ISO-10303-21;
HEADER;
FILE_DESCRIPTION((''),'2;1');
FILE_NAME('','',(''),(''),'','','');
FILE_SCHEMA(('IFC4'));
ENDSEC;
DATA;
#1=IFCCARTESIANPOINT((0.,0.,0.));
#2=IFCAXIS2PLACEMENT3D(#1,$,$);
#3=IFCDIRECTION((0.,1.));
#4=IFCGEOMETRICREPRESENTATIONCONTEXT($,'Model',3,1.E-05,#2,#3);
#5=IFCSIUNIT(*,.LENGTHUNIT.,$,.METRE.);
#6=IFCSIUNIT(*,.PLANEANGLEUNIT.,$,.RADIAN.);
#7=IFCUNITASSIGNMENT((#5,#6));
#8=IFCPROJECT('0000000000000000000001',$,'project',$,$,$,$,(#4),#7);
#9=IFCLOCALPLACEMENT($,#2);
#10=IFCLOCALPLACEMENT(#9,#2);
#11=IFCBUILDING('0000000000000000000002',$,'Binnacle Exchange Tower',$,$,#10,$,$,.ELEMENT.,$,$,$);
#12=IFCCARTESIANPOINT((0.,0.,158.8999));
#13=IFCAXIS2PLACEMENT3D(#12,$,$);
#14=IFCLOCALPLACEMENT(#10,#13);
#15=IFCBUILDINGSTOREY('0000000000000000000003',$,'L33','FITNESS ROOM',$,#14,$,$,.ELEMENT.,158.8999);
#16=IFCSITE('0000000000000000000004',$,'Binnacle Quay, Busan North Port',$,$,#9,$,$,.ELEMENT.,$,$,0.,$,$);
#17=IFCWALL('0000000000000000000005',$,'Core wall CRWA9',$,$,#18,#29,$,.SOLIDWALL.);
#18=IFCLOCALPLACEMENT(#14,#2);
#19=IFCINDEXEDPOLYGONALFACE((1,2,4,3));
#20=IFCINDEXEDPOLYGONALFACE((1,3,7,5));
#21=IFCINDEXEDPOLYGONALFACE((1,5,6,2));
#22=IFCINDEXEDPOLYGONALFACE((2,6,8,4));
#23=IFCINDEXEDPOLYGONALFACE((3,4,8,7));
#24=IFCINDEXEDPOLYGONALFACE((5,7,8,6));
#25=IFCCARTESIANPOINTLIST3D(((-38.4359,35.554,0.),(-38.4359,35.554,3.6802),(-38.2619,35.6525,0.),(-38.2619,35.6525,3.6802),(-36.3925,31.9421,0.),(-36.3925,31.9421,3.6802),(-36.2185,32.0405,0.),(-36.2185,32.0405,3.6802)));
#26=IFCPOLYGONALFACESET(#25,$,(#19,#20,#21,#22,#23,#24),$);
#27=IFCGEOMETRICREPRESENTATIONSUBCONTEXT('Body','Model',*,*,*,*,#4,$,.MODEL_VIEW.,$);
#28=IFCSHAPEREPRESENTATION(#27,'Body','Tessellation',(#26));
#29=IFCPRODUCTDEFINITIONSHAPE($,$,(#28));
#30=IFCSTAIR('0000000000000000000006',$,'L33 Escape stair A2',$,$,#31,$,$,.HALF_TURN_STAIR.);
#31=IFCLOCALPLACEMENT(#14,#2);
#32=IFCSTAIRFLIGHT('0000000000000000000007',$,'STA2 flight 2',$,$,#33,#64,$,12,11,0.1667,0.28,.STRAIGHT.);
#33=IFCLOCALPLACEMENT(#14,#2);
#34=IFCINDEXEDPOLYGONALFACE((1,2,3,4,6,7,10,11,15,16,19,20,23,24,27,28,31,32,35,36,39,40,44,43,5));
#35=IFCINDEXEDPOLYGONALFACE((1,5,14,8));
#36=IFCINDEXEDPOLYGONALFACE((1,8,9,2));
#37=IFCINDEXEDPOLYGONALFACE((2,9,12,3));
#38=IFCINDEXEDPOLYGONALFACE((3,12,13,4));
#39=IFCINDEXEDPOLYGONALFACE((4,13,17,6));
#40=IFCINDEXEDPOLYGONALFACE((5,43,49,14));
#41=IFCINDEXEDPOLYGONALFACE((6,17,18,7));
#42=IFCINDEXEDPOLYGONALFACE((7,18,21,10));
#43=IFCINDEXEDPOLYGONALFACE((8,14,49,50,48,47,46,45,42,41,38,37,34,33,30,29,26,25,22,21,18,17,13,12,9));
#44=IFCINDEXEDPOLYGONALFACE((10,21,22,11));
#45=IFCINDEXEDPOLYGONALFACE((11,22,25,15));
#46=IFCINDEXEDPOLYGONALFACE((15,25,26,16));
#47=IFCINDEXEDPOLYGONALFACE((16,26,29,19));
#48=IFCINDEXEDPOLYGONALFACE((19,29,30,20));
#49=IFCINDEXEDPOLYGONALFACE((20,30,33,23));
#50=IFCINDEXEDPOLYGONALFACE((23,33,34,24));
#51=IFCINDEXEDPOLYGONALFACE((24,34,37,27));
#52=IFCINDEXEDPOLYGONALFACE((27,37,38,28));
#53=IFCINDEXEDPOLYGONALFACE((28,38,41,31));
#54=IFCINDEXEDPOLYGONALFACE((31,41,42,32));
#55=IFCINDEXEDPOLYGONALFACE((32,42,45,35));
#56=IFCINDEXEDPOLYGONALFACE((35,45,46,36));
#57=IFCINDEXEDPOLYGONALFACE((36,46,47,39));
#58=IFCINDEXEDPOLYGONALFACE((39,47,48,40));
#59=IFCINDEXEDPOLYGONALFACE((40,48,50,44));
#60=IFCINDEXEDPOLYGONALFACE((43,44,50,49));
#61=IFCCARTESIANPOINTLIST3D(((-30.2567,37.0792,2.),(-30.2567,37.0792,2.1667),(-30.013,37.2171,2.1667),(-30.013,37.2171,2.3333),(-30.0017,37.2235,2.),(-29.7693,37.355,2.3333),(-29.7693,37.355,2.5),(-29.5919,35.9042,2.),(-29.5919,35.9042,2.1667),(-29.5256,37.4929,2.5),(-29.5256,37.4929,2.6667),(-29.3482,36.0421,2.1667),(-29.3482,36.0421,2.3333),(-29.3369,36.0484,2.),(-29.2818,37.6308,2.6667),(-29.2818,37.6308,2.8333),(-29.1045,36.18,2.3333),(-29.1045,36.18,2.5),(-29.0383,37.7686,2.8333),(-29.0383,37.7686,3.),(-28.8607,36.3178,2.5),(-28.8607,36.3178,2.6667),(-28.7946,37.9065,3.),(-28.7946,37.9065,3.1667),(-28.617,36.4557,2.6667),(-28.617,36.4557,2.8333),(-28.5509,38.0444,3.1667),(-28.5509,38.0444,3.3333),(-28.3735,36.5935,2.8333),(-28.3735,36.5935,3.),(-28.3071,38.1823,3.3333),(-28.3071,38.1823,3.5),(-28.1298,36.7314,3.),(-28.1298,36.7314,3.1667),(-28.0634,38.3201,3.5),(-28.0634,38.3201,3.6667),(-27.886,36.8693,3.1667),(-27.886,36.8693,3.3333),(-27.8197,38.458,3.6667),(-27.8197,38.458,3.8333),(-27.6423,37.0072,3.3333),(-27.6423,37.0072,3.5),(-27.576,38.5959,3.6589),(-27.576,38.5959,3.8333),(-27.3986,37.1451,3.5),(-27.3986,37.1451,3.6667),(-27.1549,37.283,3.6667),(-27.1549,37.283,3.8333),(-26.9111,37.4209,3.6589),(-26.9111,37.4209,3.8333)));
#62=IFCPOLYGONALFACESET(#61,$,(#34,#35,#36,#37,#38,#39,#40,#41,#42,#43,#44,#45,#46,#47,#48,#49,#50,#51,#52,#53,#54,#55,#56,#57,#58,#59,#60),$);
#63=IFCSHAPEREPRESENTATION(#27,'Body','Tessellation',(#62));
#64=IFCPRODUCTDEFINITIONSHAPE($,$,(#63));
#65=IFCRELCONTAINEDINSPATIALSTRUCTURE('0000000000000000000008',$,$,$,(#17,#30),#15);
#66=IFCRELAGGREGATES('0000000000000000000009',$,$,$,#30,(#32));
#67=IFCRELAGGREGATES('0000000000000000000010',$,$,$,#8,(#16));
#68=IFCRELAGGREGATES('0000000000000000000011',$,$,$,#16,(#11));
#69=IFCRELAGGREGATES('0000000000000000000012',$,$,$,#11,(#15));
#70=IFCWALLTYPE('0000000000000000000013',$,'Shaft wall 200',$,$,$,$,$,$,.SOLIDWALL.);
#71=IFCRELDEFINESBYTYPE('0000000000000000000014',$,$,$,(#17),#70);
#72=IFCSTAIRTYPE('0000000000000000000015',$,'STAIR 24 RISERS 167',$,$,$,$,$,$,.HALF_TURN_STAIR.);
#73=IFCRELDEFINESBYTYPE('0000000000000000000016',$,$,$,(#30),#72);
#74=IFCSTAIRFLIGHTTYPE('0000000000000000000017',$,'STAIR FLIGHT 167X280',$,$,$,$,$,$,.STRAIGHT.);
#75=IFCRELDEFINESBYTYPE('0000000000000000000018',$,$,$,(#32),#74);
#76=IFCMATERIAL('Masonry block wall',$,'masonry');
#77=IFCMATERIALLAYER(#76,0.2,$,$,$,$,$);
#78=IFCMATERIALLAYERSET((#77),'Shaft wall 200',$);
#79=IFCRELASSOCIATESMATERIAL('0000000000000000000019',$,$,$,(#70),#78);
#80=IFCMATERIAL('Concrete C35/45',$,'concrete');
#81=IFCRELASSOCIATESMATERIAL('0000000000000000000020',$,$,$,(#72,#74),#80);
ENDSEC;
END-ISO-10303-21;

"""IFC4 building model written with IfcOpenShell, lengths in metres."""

from ifc_helpers import new_model, si_unit, direction, frame, frame_2d, origin, place, context, subcontext, project, spatial, polyline, rectangle, outline, extrude, material, layer, layer_set, type_object, element, aggregate, save


model = new_model("IFC4")

# Units and contexts
model_context = context("Model", 3, precision=1e-05, world=origin(), true_north=direction((0.0, 1.0)))
body_context = subcontext(model_context, "Body", "Model", "MODEL_VIEW")
ifc_project = project(units=[si_unit("LENGTHUNIT", "METRE"), si_unit("PLANEANGLEUNIT", "RADIAN")], contexts=[model_context])

# Site, building, storey
site_placement = place(None, origin())
site = spatial("IfcSite", under=ifc_project, at=site_placement, Name="Binnacle Quay, Busan North Port", CompositionType="ELEMENT", RefElevation=0.0)
building_placement = place(site_placement, origin())
building = spatial("IfcBuilding", under=site, at=building_placement, Name="Binnacle Exchange Tower", CompositionType="ELEMENT")
storey_placement = place(building_placement, frame((0.0, 0.0, 158.8999)))
storey = spatial("IfcBuildingStorey", under=building, at=storey_placement, Name="L33", Description="FITNESS ROOM", CompositionType="ELEMENT", Elevation=158.8999)

# Wall
ifc_material_1 = material(Name="Masonry block wall", Category="masonry")
ifc_layer_1 = layer(ifc_material_1, 0.2)
ifc_layer_set_1 = layer_set([ifc_layer_1], Name="Shaft wall 200")
wall_type_1 = type_object("IfcWallType", Name="Shaft wall 200", PredefinedType="SOLIDWALL", material=ifc_layer_set_1)
wall_1_placement = place(storey_placement, frame((-38.3489, 35.6033, 0.0), z_axis=(0.0, 0.0, 1.0), x_axis=(0.492396, -0.870371, 0.0)))
element("IfcWall", 1, at=wall_1_placement, inside=storey, type_object=wall_type_1, Name="Core wall CRWA9", PredefinedType="SOLIDWALL", context=body_context, shape_type="SweptSolid", body=[
    extrude(rectangle(XDim=4.1499, YDim=0.2, at=frame_2d((2.075, 0.0))), origin(), (0.0, 0.0, 1.0), 3.6802),
])

# Stair, stair flight
ifc_material_2 = material(Name="Concrete C35/45", Category="concrete")
stair_type = type_object("IfcStairType", Name="STAIR 24 RISERS 167", PredefinedType="HALF_TURN_STAIR", material=ifc_material_2)
stair_placement = place(storey_placement, origin())
stair = element("IfcStair", 2, at=stair_placement, inside=storey, type_object=stair_type, Name="L33 Escape stair A2", PredefinedType="HALF_TURN_STAIR")
stair_flight_type = type_object("IfcStairFlightType", Name="STAIR FLIGHT 167X280", PredefinedType="STRAIGHT", material=ifc_material_2)
stair_flight_placement = place(storey_placement, frame((-29.9243, 36.4917, 2.0), z_axis=(0.0, 0.0, 1.0), x_axis=(0.870356, 0.492424, 0.0)))
stair_flight = element("IfcStairFlight", 3, at=stair_flight_placement, type_object=stair_flight_type, Name="STA2 flight 2", NumberOfRisers=12, NumberOfTreads=11, PredefinedType="STRAIGHT", RiserHeight=0.1667, TreadLength=0.28, context=body_context, shape_type="SweptSolid", body=[
    extrude(outline(polyline([(0.0, 0.0), (0.0, 0.1667), (0.28, 0.1667), (0.28, 0.3333), (0.5601, 0.3333), (0.5601, 0.5), (0.8401, 0.5), (0.8401, 0.6667), (1.1201, 0.6667), (1.1201, 0.8333), (1.3999, 0.8333), (1.3999, 1.0), (1.6799, 1.0), (1.6799, 1.1667), (1.96, 1.1667), (1.96, 1.3333), (2.24, 1.3333), (2.24, 1.5), (2.52, 1.5), (2.52, 1.6667), (2.8, 1.6667), (2.8, 1.8333), (3.0801, 1.8333), (3.0801, 2.0), (3.0801, 1.6589), (0.293, 0.0), (0.0, 0.0)])), frame((0.0, 0.675, 0.0), z_axis=(0.0, -1.0, 0.0), x_axis=(1.0, 0.0, 0.0)), (0.0, 0.0, 1.0), 1.3501),
])
aggregate(stair, [stair_flight])

save(model, "model.ifc")
